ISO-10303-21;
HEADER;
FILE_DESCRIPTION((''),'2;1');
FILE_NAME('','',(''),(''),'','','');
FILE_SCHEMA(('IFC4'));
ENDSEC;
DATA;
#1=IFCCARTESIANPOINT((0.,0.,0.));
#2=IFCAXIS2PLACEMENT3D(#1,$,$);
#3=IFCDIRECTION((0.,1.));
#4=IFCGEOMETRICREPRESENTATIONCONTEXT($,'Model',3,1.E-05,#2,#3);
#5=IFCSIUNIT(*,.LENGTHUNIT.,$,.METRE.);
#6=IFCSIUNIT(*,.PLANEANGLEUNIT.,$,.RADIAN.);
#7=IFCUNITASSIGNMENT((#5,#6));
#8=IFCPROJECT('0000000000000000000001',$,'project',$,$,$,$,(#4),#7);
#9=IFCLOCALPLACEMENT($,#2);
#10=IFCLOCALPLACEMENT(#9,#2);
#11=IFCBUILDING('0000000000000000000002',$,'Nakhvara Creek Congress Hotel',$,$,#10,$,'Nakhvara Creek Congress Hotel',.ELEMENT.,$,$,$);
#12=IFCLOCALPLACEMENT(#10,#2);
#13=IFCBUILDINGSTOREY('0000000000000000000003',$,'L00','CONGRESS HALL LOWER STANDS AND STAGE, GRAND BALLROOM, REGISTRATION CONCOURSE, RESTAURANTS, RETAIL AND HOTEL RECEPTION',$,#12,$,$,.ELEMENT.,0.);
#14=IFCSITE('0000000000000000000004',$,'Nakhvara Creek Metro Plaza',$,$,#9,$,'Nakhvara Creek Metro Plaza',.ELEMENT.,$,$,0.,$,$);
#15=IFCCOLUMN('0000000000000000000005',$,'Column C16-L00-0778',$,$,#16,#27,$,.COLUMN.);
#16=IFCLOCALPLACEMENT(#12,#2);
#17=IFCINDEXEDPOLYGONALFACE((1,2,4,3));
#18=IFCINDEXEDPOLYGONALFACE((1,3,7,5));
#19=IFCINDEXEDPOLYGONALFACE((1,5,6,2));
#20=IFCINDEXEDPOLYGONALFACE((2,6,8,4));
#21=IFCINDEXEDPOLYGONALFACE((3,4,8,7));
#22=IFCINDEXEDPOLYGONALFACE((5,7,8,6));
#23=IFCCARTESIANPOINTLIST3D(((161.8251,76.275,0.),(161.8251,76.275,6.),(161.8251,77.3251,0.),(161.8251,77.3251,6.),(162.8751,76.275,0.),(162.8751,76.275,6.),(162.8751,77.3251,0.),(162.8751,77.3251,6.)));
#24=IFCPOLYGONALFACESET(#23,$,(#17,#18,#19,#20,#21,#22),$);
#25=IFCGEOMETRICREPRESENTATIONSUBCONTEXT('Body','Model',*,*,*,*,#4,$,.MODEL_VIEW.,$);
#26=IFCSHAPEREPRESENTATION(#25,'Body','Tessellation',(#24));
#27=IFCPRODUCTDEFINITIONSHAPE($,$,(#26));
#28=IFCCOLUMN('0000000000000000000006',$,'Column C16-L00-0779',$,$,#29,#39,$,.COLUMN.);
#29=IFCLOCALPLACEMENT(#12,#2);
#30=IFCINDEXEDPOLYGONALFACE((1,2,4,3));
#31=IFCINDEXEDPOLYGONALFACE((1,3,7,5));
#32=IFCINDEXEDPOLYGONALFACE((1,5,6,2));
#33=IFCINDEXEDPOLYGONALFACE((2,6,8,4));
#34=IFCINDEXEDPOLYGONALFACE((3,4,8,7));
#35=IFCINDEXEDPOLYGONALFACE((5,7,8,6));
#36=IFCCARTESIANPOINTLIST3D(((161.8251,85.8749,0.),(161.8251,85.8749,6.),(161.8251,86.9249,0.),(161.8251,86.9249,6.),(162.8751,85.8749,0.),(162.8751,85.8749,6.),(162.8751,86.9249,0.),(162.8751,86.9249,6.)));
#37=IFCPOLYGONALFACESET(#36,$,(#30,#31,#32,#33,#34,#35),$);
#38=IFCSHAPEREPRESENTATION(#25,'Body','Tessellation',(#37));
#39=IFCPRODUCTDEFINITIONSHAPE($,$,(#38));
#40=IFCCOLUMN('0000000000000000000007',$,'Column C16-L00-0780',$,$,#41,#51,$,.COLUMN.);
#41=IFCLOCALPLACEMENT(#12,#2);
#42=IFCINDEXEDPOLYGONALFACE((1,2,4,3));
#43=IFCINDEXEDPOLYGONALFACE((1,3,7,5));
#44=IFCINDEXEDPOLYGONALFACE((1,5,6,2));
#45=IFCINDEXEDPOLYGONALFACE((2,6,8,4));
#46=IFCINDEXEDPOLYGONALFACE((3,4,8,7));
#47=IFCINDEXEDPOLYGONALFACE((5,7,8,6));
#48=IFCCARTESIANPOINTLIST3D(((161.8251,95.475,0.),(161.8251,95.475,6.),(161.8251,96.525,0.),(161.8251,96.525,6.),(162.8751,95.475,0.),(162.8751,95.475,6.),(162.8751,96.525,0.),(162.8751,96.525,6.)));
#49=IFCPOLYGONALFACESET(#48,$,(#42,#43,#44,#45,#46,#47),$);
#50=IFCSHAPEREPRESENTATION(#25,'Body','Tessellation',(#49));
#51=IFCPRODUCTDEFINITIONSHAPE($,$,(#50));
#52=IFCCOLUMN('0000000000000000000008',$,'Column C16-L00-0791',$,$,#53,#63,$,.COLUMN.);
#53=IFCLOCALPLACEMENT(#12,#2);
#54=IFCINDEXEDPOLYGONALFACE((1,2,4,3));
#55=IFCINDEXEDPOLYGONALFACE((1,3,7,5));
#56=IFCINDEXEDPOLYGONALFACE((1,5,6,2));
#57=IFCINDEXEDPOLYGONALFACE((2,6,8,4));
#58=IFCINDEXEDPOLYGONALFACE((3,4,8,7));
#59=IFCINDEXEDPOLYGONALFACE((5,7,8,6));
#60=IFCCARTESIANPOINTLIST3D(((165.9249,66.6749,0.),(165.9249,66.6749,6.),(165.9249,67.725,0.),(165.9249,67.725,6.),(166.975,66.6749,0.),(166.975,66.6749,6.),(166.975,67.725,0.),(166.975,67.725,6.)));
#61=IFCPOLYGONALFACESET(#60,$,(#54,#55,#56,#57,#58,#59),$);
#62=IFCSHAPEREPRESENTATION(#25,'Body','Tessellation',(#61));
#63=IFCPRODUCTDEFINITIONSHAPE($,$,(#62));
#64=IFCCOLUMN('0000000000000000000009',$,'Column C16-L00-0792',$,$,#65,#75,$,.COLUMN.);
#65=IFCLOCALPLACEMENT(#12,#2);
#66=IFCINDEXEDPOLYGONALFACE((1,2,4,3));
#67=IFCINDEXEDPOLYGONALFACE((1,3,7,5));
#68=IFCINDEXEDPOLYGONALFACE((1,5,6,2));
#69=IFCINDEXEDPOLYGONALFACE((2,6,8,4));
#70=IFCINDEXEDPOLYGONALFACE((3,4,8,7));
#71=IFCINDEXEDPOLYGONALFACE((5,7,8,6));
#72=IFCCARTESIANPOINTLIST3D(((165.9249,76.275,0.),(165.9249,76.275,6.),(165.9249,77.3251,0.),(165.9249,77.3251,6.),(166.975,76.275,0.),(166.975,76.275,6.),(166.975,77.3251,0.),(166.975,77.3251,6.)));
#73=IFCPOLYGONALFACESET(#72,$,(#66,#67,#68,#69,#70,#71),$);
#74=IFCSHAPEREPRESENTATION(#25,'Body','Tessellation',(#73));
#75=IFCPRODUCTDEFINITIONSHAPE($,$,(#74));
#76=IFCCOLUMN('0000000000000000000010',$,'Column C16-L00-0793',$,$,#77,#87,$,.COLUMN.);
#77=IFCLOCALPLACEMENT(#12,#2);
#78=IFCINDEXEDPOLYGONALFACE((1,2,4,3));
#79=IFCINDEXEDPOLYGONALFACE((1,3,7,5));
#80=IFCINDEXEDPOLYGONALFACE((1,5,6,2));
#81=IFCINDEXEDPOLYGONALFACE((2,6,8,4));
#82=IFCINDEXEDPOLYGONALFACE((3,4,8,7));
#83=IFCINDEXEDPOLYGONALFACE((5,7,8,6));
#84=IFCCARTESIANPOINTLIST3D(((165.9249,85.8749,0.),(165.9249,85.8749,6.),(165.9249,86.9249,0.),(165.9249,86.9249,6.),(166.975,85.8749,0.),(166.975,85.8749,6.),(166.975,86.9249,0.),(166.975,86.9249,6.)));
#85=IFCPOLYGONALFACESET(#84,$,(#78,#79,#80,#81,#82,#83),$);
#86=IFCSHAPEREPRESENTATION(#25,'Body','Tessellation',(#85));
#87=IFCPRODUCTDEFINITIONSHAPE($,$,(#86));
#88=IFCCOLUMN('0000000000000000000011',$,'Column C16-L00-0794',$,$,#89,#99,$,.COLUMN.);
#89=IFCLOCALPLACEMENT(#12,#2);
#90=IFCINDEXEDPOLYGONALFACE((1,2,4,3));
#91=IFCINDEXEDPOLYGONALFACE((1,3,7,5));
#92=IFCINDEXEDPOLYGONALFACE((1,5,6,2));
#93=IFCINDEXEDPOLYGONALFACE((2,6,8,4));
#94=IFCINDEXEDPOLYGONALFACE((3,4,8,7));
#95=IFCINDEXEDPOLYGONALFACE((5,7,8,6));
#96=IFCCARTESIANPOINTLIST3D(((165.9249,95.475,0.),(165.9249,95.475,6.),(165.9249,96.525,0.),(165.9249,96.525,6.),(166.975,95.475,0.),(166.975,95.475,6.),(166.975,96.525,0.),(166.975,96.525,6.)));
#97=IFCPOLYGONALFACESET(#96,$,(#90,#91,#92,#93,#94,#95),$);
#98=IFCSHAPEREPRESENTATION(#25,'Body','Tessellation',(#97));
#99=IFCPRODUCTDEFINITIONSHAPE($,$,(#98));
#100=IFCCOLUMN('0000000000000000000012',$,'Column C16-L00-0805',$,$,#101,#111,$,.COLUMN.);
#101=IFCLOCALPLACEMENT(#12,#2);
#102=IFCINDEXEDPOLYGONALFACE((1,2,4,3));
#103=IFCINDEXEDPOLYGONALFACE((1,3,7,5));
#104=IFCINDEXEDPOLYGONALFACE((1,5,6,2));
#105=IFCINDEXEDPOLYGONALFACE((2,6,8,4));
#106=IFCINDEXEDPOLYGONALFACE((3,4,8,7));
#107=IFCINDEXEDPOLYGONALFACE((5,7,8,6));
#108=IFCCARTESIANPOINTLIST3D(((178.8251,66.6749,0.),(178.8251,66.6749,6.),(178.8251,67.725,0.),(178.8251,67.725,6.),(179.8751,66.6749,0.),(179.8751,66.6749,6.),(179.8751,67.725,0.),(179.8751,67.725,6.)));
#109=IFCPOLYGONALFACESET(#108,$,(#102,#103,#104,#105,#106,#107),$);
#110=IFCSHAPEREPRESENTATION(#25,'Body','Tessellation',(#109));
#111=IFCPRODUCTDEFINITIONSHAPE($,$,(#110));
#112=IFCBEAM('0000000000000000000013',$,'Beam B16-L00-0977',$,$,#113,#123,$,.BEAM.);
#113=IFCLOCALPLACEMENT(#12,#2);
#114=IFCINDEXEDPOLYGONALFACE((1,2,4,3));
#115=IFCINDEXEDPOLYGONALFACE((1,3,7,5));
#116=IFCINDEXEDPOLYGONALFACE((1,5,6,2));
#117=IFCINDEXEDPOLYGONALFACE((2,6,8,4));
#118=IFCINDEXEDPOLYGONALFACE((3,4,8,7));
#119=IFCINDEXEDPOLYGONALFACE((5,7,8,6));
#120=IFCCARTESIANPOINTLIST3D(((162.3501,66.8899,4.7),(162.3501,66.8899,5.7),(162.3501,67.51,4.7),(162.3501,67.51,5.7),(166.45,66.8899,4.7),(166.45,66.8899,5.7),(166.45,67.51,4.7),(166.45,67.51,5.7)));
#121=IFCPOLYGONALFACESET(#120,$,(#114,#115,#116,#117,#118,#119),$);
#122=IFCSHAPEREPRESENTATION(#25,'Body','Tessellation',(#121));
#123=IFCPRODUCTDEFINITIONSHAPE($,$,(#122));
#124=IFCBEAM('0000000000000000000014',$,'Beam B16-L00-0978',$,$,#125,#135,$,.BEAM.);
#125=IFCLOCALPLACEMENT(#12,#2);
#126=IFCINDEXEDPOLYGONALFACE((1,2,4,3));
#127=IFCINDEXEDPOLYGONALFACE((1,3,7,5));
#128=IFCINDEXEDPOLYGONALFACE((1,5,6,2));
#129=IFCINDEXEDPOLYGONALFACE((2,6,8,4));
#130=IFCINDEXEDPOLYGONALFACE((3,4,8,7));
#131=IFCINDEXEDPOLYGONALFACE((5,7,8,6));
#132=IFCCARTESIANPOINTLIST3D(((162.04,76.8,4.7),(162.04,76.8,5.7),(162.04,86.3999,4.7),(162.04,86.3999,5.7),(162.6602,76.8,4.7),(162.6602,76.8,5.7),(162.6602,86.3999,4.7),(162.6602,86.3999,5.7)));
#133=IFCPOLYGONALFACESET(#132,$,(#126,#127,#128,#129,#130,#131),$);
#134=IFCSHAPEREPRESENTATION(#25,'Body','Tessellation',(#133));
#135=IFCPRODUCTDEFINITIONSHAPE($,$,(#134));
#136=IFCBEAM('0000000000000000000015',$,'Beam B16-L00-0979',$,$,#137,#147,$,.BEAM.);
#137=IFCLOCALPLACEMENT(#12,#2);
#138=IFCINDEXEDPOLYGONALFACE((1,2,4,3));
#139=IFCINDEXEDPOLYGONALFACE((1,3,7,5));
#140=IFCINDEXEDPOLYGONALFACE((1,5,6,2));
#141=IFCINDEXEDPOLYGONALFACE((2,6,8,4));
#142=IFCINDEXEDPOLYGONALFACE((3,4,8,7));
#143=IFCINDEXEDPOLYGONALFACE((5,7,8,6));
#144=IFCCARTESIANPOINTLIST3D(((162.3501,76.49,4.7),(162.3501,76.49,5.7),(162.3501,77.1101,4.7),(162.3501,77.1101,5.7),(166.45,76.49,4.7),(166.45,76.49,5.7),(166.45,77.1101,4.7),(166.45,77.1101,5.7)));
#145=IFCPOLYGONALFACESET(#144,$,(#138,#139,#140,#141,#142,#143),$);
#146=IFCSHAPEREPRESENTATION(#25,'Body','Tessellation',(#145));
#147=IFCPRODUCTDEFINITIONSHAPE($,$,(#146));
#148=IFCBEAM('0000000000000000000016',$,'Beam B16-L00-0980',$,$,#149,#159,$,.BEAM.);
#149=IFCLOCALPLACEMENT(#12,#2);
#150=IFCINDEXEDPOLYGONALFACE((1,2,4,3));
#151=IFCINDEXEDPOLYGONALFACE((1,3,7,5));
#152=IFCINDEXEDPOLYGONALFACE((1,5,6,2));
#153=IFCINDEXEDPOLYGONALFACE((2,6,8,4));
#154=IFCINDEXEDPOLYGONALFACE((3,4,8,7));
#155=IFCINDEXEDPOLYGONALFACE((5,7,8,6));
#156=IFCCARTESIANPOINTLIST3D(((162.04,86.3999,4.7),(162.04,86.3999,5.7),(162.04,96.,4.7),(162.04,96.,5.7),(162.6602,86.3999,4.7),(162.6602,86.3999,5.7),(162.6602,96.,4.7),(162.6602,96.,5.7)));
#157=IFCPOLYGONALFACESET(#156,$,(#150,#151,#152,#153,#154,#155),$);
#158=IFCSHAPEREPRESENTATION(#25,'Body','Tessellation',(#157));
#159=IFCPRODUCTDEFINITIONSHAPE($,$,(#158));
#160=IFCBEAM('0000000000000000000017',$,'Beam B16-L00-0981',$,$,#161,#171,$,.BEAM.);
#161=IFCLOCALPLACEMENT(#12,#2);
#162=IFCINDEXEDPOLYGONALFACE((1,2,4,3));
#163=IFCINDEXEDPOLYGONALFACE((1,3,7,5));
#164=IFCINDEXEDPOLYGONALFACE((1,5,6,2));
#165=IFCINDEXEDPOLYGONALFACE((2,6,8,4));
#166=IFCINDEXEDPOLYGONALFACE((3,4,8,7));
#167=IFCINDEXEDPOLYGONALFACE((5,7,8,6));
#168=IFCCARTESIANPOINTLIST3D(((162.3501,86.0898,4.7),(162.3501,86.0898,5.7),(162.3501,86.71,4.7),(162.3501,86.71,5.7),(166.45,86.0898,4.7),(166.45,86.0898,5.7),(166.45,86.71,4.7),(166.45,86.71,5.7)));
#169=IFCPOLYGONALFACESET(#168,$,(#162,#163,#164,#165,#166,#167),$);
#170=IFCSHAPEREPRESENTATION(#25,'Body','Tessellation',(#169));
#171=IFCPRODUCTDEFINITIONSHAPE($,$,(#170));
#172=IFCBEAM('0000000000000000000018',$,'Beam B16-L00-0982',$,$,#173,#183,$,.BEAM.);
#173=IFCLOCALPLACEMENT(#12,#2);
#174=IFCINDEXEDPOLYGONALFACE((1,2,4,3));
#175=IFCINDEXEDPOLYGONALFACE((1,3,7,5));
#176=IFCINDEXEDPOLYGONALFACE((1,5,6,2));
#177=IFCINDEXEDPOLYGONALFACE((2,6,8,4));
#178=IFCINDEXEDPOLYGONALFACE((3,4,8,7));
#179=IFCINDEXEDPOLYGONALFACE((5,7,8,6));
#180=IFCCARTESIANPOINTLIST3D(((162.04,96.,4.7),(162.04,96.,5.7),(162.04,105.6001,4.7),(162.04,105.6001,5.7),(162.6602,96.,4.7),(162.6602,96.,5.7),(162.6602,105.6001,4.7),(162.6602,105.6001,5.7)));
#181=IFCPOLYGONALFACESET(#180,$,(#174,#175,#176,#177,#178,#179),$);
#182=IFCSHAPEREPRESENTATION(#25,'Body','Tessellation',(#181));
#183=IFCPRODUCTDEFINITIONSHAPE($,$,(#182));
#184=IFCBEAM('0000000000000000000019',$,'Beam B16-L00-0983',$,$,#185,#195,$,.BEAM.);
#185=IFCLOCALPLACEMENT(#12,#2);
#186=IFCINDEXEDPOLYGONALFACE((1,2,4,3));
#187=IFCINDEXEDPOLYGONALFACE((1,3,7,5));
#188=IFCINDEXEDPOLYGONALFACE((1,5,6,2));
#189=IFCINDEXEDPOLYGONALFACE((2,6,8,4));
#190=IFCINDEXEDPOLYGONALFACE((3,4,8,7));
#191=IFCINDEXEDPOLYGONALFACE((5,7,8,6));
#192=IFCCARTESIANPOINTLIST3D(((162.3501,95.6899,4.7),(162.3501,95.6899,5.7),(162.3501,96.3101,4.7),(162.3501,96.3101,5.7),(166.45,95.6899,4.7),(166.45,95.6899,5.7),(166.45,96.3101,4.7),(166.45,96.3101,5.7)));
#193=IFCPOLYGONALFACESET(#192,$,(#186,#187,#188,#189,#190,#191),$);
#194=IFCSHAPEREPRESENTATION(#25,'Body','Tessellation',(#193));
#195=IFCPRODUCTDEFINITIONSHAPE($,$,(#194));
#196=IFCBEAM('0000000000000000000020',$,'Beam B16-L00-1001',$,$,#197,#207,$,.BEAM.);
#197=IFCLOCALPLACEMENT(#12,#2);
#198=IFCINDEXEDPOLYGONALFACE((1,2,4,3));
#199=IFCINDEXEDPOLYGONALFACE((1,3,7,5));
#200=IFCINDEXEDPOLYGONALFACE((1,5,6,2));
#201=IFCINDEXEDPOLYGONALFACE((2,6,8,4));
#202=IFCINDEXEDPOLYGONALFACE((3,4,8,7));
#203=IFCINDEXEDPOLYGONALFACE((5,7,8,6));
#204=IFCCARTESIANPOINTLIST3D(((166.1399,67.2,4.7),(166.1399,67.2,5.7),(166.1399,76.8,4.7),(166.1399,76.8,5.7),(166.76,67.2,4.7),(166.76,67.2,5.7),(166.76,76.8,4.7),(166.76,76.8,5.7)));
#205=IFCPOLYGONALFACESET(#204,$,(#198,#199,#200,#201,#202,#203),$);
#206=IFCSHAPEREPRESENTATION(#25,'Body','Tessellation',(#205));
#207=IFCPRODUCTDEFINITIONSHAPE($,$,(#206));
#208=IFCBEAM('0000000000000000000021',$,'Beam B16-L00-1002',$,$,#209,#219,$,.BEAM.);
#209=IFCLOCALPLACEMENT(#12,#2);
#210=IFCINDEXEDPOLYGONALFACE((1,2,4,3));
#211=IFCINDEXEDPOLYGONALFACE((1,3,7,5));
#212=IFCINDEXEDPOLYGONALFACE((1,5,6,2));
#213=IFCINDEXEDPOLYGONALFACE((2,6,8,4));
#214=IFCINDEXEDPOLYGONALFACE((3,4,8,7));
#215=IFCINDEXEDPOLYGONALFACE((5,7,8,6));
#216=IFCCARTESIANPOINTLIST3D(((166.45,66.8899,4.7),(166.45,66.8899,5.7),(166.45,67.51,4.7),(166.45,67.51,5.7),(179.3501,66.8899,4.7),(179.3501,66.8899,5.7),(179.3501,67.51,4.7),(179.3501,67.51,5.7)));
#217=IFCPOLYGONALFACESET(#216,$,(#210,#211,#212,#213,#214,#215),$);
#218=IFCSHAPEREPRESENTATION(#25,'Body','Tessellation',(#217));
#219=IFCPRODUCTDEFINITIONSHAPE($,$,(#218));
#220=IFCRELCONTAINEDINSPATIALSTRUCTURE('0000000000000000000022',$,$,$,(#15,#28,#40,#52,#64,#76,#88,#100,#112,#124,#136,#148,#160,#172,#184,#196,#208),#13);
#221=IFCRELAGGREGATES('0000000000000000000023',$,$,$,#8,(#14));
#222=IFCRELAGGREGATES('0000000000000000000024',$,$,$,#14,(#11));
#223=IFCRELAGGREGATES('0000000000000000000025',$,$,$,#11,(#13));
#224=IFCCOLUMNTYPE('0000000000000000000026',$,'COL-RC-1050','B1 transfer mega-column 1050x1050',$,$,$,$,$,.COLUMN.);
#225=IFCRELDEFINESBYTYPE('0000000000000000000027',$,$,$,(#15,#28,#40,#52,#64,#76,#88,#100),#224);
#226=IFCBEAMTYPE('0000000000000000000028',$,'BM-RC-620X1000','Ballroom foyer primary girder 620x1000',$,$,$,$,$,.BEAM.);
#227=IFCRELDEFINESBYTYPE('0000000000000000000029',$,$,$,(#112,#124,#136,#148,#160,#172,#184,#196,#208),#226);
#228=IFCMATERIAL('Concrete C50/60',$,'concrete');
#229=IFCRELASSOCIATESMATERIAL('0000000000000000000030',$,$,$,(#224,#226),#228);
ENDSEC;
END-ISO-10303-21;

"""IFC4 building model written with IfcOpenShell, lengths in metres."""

from ifc_helpers import new_model, si_unit, direction, frame, origin, origin_2d, place, context, subcontext, project, spatial, rectangle, extrude, material, material_profile, profile_set, type_object, element, save


model = new_model("IFC4")

# Units and contexts
model_context = context("Model", 3, precision=1e-05, world=origin(), true_north=direction((0.0, 1.0)))
body_context = subcontext(model_context, "Body", "Model", "MODEL_VIEW")
ifc_project = project(units=[si_unit("LENGTHUNIT", "METRE"), si_unit("PLANEANGLEUNIT", "RADIAN")], contexts=[model_context])

# Site, building, storey
site_placement = place(None, origin())
site = spatial("IfcSite", under=ifc_project, at=site_placement, Name="Nakhvara Creek Metro Plaza", LongName="Nakhvara Creek Metro Plaza", CompositionType="ELEMENT", RefElevation=0.0)
building_placement = place(site_placement, origin())
building = spatial("IfcBuilding", under=site, at=building_placement, Name="Nakhvara Creek Congress Hotel", LongName="Nakhvara Creek Congress Hotel", CompositionType="ELEMENT")
storey_placement = place(building_placement, origin())
storey = spatial("IfcBuildingStorey", under=building, at=storey_placement, Name="L00", Description="CONGRESS HALL LOWER STANDS AND STAGE, GRAND BALLROOM, REGISTRATION CONCOURSE, RESTAURANTS, RETAIL AND HOTEL RECEPTION", CompositionType="ELEMENT", Elevation=0.0)

# Columns
ifc_material_1 = material(Name="Concrete C50/60", Category="concrete")
ifc_material_profile_1 = material_profile(ifc_material_1, rectangle(XDim=1.05, YDim=1.05, at=origin_2d()), Name="RC-COL 1050x1050", Category="LoadBearing")
ifc_profile_set_1 = profile_set([ifc_material_profile_1], Name="Concrete C50/60")
column_type = type_object("IfcColumnType", Name="COL-RC-1050", Description="B1 transfer mega-column 1050x1050", PredefinedType="COLUMN", material=ifc_profile_set_1)
for number, where, z_axis, x_axis, name in (
    (1, (162.3501, 76.8, 0.0), (0.0, 0.0, 1.0), (1.0, 0.0, 0.0), "Column C16-L00-0778"),
    (2, (162.3501, 86.3999, 0.0), (0.0, 0.0, 1.0), (1.0, 0.0, 0.0), "Column C16-L00-0779"),
    (3, (162.3501, 96.0, 0.0), (0.0, 0.0, 1.0), (1.0, 0.0, 0.0), "Column C16-L00-0780"),
    (4, (166.45, 67.2, 0.0), (0.0, 0.0, 1.0), (1.0, 0.0, 0.0), "Column C16-L00-0791"),
    (5, (166.45, 76.8, 0.0), (0.0, 0.0, 1.0), (1.0, 0.0, 0.0), "Column C16-L00-0792"),
    (6, (166.45, 86.3999, 0.0), (0.0, 0.0, 1.0), (1.0, 0.0, 0.0), "Column C16-L00-0793"),
    (7, (166.45, 96.0, 0.0), (0.0, 0.0, 1.0), (1.0, 0.0, 0.0), "Column C16-L00-0794"),
    (8, (179.3501, 67.2, 0.0), (0.0, 0.0, 1.0), (1.0, 0.0, 0.0), "Column C16-L00-0805"),
):
    element("IfcColumn", number, at=place(storey_placement, frame(where, z_axis=z_axis, x_axis=x_axis)), inside=storey, type_object=column_type, Name=name, PredefinedType="COLUMN", context=body_context, shape_type="SweptSolid", body=[
        extrude(rectangle(XDim=1.05, YDim=1.05, at=origin_2d()), origin(), (0.0, 0.0, 1.0), 6.0),
    ])

# Beams
ifc_material_profile_2 = material_profile(ifc_material_1, rectangle(XDim=0.6201, YDim=1.0, at=origin_2d()), Name="RC-BM 620x1000", Category="LoadBearing")
ifc_profile_set_2 = profile_set([ifc_material_profile_2], Name="Concrete C50/60")
beam_type = type_object("IfcBeamType", Name="BM-RC-620X1000", Description="Ballroom foyer primary girder 620x1000", PredefinedType="BEAM", material=ifc_profile_set_2)
beam_1_placement = place(storey_placement, frame((162.3501, 67.2, 5.2), z_axis=(1.0, 0.0, 0.0), x_axis=(0.0, 1.0, 0.0)))
element("IfcBeam", 9, at=beam_1_placement, inside=storey, type_object=beam_type, Name="Beam B16-L00-0977", PredefinedType="BEAM", context=body_context, shape_type="SweptSolid", body=[
    extrude(rectangle(XDim=0.6201, YDim=1.0, at=origin_2d()), origin(), (0.0, 0.0, 1.0), 4.0999),
])
beam_2_placement = place(storey_placement, frame((162.3501, 76.8, 5.2), z_axis=(0.0, 1.0, 0.0), x_axis=(-1.0, 0.0, 0.0)))
element("IfcBeam", 10, at=beam_2_placement, inside=storey, type_object=beam_type, Name="Beam B16-L00-0978", PredefinedType="BEAM", context=body_context, shape_type="SweptSolid", body=[
    extrude(rectangle(XDim=0.6201, YDim=1.0, at=origin_2d()), origin(), (0.0, 0.0, 1.0), 9.5999),
])
beam_3_placement = place(storey_placement, frame((162.3501, 76.8, 5.2), z_axis=(1.0, 0.0, 0.0), x_axis=(0.0, 1.0, 0.0)))
element("IfcBeam", 11, at=beam_3_placement, inside=storey, type_object=beam_type, Name="Beam B16-L00-0979", PredefinedType="BEAM", context=body_context, shape_type="SweptSolid", body=[
    extrude(rectangle(XDim=0.6201, YDim=1.0, at=origin_2d()), origin(), (0.0, 0.0, 1.0), 4.0999),
])
beam_4_placement = place(storey_placement, frame((162.3501, 86.3999, 5.2), z_axis=(0.0, 1.0, 0.0), x_axis=(-1.0, 0.0, 0.0)))
element("IfcBeam", 12, at=beam_4_placement, inside=storey, type_object=beam_type, Name="Beam B16-L00-0980", PredefinedType="BEAM", context=body_context, shape_type="SweptSolid", body=[
    extrude(rectangle(XDim=0.6201, YDim=1.0, at=origin_2d()), origin(), (0.0, 0.0, 1.0), 9.6001),
])
beam_5_placement = place(storey_placement, frame((162.3501, 86.3999, 5.2), z_axis=(1.0, 0.0, 0.0), x_axis=(0.0, 1.0, 0.0)))
element("IfcBeam", 13, at=beam_5_placement, inside=storey, type_object=beam_type, Name="Beam B16-L00-0981", PredefinedType="BEAM", context=body_context, shape_type="SweptSolid", body=[
    extrude(rectangle(XDim=0.6201, YDim=1.0, at=origin_2d()), origin(), (0.0, 0.0, 1.0), 4.0999),
])
beam_6_placement = place(storey_placement, frame((162.3501, 96.0, 5.2), z_axis=(0.0, 1.0, 0.0), x_axis=(-1.0, 0.0, 0.0)))
element("IfcBeam", 14, at=beam_6_placement, inside=storey, type_object=beam_type, Name="Beam B16-L00-0982", PredefinedType="BEAM", context=body_context, shape_type="SweptSolid", body=[
    extrude(rectangle(XDim=0.6201, YDim=1.0, at=origin_2d()), origin(), (0.0, 0.0, 1.0), 9.6001),
])
beam_7_placement = place(storey_placement, frame((162.3501, 96.0, 5.2), z_axis=(1.0, 0.0, 0.0), x_axis=(0.0, 1.0, 0.0)))
element("IfcBeam", 15, at=beam_7_placement, inside=storey, type_object=beam_type, Name="Beam B16-L00-0983", PredefinedType="BEAM", context=body_context, shape_type="SweptSolid", body=[
    extrude(rectangle(XDim=0.6201, YDim=1.0, at=origin_2d()), origin(), (0.0, 0.0, 1.0), 4.0999),
])
beam_8_placement = place(storey_placement, frame((166.45, 67.2, 5.2), z_axis=(0.0, 1.0, 0.0), x_axis=(-1.0, 0.0, 0.0)))
element("IfcBeam", 16, at=beam_8_placement, inside=storey, type_object=beam_type, Name="Beam B16-L00-1001", PredefinedType="BEAM", context=body_context, shape_type="SweptSolid", body=[
    extrude(rectangle(XDim=0.6201, YDim=1.0, at=origin_2d()), origin(), (0.0, 0.0, 1.0), 9.6001),
])
beam_9_placement = place(storey_placement, frame((166.45, 67.2, 5.2), z_axis=(1.0, 0.0, 0.0), x_axis=(0.0, 1.0, 0.0)))
element("IfcBeam", 17, at=beam_9_placement, inside=storey, type_object=beam_type, Name="Beam B16-L00-1002", PredefinedType="BEAM", context=body_context, shape_type="SweptSolid", body=[
    extrude(rectangle(XDim=0.6201, YDim=1.0, at=origin_2d()), origin(), (0.0, 0.0, 1.0), 12.9001),
])

save(model, "model.ifc")
